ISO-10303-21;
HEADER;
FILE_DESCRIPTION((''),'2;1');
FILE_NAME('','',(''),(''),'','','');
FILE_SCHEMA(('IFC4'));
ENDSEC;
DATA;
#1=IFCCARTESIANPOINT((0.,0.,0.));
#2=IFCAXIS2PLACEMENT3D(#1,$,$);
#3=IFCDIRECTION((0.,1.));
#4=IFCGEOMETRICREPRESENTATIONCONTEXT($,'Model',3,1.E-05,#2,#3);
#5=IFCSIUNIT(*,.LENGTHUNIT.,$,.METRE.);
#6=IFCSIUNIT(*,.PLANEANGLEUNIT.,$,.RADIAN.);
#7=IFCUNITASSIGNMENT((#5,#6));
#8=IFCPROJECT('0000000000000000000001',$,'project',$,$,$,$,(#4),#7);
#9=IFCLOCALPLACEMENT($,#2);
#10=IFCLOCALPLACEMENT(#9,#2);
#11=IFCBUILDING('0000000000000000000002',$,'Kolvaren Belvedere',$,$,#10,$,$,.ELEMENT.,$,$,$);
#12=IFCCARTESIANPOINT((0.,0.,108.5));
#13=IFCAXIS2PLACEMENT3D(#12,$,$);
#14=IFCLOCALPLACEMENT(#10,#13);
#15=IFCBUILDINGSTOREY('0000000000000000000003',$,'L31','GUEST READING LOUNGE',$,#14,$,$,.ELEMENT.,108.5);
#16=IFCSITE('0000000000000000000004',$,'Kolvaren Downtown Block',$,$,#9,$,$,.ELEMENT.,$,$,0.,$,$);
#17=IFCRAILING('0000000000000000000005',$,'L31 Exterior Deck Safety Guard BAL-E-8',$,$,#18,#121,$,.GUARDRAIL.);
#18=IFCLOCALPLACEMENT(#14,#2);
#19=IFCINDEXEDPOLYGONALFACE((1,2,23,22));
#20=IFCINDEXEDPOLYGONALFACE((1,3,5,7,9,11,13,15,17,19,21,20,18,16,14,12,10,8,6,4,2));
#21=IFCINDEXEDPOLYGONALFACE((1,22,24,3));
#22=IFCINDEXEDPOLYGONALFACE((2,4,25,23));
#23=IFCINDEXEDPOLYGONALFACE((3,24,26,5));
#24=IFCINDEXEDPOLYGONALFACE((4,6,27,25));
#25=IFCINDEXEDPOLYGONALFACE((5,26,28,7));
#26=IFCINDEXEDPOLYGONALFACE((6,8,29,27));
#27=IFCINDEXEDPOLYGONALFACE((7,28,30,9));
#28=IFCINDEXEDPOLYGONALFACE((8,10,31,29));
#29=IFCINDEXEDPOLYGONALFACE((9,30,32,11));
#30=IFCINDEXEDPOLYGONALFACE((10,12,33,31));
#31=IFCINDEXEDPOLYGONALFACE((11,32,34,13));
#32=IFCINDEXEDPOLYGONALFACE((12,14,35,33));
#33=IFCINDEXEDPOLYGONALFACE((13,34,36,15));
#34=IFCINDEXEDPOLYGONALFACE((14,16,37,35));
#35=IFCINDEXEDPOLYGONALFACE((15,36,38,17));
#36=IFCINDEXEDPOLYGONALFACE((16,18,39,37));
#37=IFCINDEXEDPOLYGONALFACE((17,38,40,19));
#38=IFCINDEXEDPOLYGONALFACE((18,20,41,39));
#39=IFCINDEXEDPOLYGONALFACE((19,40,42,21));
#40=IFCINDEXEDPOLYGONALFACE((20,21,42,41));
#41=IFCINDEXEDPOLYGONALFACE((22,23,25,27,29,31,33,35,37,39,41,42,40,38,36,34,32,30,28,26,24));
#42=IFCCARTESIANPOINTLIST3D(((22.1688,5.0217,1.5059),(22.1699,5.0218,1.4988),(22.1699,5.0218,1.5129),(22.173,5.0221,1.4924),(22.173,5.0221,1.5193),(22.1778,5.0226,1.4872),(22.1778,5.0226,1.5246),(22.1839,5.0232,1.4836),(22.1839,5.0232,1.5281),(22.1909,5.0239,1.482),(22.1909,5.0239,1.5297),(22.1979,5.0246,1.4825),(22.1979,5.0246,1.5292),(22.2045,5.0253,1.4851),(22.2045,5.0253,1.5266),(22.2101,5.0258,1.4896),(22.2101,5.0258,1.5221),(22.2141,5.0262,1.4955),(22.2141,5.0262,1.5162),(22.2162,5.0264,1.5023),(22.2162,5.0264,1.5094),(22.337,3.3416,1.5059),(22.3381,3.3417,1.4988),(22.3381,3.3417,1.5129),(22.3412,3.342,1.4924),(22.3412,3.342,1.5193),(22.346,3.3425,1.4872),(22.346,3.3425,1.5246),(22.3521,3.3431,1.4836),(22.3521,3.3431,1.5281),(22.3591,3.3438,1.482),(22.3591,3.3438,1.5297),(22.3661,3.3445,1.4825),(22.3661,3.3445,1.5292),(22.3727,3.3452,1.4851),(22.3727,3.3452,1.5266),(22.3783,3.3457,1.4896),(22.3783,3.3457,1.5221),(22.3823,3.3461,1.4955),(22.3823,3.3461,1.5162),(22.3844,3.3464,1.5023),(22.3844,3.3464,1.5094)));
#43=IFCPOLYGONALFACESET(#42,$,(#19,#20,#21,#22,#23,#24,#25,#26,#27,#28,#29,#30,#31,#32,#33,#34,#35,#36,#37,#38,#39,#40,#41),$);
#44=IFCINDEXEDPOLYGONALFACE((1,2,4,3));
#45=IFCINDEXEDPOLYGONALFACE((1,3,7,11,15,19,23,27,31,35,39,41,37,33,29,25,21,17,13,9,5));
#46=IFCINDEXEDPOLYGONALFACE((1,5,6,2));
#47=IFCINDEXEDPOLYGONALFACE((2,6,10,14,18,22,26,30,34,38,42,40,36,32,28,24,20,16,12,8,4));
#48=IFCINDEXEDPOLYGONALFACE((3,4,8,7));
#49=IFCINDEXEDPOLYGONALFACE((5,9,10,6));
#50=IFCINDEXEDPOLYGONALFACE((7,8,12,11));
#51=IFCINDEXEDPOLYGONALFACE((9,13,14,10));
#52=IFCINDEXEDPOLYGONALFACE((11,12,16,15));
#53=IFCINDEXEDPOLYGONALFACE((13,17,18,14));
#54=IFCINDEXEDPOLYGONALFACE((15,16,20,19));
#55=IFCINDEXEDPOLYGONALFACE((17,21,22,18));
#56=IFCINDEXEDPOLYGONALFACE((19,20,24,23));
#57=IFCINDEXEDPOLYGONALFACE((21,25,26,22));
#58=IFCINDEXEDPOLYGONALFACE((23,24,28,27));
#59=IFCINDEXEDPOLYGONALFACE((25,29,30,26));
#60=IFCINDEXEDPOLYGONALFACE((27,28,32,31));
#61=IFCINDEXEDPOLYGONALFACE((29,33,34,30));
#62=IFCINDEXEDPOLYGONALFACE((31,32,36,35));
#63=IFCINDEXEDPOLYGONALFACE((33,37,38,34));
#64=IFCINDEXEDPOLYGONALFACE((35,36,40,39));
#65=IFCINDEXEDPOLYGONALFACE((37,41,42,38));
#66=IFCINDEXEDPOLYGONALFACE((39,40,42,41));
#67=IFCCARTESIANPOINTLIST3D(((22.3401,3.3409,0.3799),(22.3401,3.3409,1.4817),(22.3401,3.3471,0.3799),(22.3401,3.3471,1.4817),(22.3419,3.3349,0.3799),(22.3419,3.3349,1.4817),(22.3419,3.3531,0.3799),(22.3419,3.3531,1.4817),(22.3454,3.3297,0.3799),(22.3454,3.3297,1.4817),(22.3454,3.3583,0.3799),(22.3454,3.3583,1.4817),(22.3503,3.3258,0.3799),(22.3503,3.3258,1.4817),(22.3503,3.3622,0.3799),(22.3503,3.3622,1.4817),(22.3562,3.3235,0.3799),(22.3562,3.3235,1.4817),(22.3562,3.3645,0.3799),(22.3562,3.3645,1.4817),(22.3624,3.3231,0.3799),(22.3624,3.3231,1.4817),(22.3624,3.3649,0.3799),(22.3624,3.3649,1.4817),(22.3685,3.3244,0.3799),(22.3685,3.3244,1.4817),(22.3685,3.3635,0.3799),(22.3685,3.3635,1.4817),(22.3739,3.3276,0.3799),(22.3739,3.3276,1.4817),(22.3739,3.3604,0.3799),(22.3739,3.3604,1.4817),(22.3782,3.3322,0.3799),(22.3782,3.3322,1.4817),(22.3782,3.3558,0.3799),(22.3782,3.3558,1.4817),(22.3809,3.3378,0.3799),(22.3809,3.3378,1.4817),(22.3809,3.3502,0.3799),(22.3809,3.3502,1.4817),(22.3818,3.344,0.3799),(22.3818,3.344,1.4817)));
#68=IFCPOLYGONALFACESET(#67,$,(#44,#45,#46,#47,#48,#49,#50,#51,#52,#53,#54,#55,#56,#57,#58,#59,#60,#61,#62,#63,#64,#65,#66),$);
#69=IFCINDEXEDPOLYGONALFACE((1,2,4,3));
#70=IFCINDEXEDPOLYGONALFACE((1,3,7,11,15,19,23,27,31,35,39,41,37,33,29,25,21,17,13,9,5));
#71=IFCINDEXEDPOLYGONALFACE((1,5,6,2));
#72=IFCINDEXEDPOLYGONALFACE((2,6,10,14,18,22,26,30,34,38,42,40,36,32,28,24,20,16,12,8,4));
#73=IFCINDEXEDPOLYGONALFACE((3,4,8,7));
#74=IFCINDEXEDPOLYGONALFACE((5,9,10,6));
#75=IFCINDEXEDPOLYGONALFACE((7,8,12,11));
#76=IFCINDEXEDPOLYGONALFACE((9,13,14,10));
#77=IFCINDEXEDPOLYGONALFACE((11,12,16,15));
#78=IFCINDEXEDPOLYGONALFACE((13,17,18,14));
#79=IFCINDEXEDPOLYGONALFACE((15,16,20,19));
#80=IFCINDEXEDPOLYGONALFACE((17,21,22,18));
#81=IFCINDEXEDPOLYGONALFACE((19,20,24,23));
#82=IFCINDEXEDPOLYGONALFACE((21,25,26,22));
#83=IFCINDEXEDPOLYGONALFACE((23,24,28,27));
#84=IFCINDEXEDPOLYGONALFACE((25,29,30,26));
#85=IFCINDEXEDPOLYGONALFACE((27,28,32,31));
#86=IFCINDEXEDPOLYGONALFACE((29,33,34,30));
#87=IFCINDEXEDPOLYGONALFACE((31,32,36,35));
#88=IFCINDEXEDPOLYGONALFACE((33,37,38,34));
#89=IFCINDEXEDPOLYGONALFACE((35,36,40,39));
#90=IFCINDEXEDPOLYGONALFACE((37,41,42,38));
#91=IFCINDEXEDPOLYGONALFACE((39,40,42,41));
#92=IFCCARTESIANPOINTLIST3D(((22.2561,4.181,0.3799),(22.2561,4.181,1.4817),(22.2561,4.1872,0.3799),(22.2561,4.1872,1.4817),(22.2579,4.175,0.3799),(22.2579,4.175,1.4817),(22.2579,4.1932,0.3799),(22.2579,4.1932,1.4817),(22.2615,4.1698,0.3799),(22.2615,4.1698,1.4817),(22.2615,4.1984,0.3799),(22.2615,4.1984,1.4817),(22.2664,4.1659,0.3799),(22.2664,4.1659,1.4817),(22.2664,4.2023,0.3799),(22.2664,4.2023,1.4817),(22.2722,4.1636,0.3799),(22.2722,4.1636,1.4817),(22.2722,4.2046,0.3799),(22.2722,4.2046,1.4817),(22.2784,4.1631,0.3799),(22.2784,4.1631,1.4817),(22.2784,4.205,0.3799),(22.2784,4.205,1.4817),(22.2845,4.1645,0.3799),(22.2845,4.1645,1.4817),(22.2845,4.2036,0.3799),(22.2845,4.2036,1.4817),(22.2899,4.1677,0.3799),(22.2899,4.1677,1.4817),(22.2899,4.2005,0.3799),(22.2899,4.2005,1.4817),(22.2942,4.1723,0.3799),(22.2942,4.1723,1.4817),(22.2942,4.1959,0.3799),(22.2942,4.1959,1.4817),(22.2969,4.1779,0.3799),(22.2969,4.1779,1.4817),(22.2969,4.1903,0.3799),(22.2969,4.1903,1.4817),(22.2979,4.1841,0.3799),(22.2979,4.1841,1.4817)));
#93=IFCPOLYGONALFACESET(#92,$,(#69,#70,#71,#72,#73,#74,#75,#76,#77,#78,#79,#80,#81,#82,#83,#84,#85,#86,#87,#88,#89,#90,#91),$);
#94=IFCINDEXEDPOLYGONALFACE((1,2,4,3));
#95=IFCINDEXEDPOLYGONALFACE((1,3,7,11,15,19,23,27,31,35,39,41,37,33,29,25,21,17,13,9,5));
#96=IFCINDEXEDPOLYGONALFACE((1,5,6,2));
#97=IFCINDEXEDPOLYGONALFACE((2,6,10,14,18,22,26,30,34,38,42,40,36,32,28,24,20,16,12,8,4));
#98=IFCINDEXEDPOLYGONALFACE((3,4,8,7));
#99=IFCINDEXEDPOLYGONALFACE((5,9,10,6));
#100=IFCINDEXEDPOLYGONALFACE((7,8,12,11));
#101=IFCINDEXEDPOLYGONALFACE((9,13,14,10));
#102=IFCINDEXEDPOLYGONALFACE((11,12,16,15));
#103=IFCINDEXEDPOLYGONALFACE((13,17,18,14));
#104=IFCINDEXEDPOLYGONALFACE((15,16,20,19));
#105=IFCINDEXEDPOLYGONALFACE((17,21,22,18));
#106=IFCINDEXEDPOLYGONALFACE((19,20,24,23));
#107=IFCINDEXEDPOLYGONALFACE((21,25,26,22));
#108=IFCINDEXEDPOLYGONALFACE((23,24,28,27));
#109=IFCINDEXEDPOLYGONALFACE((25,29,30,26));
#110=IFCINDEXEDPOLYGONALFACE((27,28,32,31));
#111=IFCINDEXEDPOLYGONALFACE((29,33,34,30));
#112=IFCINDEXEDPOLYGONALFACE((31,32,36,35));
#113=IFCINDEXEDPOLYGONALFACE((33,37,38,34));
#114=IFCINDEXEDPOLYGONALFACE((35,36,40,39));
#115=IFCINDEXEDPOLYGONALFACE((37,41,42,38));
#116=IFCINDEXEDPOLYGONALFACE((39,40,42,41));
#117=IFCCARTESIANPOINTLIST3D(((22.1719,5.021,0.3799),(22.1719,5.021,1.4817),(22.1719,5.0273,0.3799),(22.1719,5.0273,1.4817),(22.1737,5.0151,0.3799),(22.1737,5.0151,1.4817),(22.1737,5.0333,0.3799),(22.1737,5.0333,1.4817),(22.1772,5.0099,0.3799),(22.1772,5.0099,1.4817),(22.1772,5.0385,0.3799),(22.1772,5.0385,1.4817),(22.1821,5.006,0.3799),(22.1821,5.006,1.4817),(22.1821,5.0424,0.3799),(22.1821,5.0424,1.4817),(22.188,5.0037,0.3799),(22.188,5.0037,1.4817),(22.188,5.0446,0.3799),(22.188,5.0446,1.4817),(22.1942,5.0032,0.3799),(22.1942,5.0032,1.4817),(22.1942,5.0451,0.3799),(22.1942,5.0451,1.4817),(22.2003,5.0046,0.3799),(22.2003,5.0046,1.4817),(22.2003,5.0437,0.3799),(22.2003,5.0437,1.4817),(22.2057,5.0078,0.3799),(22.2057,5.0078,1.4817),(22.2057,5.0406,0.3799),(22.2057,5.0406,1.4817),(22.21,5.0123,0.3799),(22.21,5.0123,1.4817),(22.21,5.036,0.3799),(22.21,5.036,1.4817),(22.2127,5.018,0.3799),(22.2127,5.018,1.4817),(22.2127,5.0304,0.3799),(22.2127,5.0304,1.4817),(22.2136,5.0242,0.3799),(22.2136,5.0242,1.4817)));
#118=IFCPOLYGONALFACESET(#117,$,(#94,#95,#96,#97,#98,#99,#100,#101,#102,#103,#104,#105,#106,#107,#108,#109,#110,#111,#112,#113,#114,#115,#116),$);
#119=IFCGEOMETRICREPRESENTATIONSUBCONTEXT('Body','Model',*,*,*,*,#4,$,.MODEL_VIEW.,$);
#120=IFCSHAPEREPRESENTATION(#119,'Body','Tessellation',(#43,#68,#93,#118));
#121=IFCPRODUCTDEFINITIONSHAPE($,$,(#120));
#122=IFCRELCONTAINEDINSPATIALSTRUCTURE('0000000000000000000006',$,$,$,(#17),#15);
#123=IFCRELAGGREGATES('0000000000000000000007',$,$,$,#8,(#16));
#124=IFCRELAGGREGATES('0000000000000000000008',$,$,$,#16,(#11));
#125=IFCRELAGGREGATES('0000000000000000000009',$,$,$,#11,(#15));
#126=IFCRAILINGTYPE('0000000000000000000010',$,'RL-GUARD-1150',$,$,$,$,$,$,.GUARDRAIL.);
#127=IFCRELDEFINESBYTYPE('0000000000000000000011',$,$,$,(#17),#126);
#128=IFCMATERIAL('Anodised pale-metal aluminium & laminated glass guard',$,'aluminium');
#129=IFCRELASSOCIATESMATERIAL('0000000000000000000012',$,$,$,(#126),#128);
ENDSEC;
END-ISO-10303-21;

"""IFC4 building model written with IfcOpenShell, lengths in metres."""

from ifc_helpers import new_model, si_unit, direction, frame, origin, origin_2d, place, context, subcontext, project, spatial, circle, extrude, material, type_object, element, save


model = new_model("IFC4")

# Units and contexts
model_context = context("Model", 3, precision=1e-05, world=origin(), true_north=direction((0.0, 1.0)))
body_context = subcontext(model_context, "Body", "Model", "MODEL_VIEW")
ifc_project = project(units=[si_unit("LENGTHUNIT", "METRE"), si_unit("PLANEANGLEUNIT", "RADIAN")], contexts=[model_context])

# Site, building, storey
site_placement = place(None, origin())
site = spatial("IfcSite", under=ifc_project, at=site_placement, Name="Kolvaren Downtown Block", CompositionType="ELEMENT", RefElevation=0.0)
building_placement = place(site_placement, origin())
building = spatial("IfcBuilding", under=site, at=building_placement, Name="Kolvaren Belvedere", CompositionType="ELEMENT")
storey_placement = place(building_placement, frame((0.0, 0.0, 108.5)))
storey = spatial("IfcBuildingStorey", under=building, at=storey_placement, Name="L31", Description="GUEST READING LOUNGE", CompositionType="ELEMENT", Elevation=108.5)

# Railing
ifc_material_1 = material(Name="Anodised pale-metal aluminium & laminated glass guard", Category="aluminium")
railing_type = type_object("IfcRailingType", Name="RL-GUARD-1150", PredefinedType="GUARDRAIL", material=ifc_material_1)
railing_1_placement = place(storey_placement, frame((22.3608, 3.344, 0.3799)))
element("IfcRailing", 1, at=railing_1_placement, inside=storey, type_object=railing_type, Name="L31 Exterior Deck Safety Guard BAL-E-8", PredefinedType="GUARDRAIL", context=body_context, shape_type="SweptSolid", body=[
    extrude(circle(Radius=0.0239, at=origin_2d()), frame((0.0, 0.0, 1.126), z_axis=(-0.099618, 0.995026, 0.0), x_axis=(-0.995026, -0.099618, 0.0)), (0.0, 0.0, 1.0), 1.6885),
    extrude(circle(Radius=0.021, at=origin_2d()), origin(), (0.0, 0.0, 1.0), 1.1018),
    extrude(circle(Radius=0.021, at=origin_2d()), frame((-0.084, 0.8401, 0.0)), (0.0, 0.0, 1.0), 1.1018),
    extrude(circle(Radius=0.021, at=origin_2d()), frame((-0.1682, 1.6802, 0.0)), (0.0, 0.0, 1.0), 1.1018),
])

save(model, "model.ifc")
